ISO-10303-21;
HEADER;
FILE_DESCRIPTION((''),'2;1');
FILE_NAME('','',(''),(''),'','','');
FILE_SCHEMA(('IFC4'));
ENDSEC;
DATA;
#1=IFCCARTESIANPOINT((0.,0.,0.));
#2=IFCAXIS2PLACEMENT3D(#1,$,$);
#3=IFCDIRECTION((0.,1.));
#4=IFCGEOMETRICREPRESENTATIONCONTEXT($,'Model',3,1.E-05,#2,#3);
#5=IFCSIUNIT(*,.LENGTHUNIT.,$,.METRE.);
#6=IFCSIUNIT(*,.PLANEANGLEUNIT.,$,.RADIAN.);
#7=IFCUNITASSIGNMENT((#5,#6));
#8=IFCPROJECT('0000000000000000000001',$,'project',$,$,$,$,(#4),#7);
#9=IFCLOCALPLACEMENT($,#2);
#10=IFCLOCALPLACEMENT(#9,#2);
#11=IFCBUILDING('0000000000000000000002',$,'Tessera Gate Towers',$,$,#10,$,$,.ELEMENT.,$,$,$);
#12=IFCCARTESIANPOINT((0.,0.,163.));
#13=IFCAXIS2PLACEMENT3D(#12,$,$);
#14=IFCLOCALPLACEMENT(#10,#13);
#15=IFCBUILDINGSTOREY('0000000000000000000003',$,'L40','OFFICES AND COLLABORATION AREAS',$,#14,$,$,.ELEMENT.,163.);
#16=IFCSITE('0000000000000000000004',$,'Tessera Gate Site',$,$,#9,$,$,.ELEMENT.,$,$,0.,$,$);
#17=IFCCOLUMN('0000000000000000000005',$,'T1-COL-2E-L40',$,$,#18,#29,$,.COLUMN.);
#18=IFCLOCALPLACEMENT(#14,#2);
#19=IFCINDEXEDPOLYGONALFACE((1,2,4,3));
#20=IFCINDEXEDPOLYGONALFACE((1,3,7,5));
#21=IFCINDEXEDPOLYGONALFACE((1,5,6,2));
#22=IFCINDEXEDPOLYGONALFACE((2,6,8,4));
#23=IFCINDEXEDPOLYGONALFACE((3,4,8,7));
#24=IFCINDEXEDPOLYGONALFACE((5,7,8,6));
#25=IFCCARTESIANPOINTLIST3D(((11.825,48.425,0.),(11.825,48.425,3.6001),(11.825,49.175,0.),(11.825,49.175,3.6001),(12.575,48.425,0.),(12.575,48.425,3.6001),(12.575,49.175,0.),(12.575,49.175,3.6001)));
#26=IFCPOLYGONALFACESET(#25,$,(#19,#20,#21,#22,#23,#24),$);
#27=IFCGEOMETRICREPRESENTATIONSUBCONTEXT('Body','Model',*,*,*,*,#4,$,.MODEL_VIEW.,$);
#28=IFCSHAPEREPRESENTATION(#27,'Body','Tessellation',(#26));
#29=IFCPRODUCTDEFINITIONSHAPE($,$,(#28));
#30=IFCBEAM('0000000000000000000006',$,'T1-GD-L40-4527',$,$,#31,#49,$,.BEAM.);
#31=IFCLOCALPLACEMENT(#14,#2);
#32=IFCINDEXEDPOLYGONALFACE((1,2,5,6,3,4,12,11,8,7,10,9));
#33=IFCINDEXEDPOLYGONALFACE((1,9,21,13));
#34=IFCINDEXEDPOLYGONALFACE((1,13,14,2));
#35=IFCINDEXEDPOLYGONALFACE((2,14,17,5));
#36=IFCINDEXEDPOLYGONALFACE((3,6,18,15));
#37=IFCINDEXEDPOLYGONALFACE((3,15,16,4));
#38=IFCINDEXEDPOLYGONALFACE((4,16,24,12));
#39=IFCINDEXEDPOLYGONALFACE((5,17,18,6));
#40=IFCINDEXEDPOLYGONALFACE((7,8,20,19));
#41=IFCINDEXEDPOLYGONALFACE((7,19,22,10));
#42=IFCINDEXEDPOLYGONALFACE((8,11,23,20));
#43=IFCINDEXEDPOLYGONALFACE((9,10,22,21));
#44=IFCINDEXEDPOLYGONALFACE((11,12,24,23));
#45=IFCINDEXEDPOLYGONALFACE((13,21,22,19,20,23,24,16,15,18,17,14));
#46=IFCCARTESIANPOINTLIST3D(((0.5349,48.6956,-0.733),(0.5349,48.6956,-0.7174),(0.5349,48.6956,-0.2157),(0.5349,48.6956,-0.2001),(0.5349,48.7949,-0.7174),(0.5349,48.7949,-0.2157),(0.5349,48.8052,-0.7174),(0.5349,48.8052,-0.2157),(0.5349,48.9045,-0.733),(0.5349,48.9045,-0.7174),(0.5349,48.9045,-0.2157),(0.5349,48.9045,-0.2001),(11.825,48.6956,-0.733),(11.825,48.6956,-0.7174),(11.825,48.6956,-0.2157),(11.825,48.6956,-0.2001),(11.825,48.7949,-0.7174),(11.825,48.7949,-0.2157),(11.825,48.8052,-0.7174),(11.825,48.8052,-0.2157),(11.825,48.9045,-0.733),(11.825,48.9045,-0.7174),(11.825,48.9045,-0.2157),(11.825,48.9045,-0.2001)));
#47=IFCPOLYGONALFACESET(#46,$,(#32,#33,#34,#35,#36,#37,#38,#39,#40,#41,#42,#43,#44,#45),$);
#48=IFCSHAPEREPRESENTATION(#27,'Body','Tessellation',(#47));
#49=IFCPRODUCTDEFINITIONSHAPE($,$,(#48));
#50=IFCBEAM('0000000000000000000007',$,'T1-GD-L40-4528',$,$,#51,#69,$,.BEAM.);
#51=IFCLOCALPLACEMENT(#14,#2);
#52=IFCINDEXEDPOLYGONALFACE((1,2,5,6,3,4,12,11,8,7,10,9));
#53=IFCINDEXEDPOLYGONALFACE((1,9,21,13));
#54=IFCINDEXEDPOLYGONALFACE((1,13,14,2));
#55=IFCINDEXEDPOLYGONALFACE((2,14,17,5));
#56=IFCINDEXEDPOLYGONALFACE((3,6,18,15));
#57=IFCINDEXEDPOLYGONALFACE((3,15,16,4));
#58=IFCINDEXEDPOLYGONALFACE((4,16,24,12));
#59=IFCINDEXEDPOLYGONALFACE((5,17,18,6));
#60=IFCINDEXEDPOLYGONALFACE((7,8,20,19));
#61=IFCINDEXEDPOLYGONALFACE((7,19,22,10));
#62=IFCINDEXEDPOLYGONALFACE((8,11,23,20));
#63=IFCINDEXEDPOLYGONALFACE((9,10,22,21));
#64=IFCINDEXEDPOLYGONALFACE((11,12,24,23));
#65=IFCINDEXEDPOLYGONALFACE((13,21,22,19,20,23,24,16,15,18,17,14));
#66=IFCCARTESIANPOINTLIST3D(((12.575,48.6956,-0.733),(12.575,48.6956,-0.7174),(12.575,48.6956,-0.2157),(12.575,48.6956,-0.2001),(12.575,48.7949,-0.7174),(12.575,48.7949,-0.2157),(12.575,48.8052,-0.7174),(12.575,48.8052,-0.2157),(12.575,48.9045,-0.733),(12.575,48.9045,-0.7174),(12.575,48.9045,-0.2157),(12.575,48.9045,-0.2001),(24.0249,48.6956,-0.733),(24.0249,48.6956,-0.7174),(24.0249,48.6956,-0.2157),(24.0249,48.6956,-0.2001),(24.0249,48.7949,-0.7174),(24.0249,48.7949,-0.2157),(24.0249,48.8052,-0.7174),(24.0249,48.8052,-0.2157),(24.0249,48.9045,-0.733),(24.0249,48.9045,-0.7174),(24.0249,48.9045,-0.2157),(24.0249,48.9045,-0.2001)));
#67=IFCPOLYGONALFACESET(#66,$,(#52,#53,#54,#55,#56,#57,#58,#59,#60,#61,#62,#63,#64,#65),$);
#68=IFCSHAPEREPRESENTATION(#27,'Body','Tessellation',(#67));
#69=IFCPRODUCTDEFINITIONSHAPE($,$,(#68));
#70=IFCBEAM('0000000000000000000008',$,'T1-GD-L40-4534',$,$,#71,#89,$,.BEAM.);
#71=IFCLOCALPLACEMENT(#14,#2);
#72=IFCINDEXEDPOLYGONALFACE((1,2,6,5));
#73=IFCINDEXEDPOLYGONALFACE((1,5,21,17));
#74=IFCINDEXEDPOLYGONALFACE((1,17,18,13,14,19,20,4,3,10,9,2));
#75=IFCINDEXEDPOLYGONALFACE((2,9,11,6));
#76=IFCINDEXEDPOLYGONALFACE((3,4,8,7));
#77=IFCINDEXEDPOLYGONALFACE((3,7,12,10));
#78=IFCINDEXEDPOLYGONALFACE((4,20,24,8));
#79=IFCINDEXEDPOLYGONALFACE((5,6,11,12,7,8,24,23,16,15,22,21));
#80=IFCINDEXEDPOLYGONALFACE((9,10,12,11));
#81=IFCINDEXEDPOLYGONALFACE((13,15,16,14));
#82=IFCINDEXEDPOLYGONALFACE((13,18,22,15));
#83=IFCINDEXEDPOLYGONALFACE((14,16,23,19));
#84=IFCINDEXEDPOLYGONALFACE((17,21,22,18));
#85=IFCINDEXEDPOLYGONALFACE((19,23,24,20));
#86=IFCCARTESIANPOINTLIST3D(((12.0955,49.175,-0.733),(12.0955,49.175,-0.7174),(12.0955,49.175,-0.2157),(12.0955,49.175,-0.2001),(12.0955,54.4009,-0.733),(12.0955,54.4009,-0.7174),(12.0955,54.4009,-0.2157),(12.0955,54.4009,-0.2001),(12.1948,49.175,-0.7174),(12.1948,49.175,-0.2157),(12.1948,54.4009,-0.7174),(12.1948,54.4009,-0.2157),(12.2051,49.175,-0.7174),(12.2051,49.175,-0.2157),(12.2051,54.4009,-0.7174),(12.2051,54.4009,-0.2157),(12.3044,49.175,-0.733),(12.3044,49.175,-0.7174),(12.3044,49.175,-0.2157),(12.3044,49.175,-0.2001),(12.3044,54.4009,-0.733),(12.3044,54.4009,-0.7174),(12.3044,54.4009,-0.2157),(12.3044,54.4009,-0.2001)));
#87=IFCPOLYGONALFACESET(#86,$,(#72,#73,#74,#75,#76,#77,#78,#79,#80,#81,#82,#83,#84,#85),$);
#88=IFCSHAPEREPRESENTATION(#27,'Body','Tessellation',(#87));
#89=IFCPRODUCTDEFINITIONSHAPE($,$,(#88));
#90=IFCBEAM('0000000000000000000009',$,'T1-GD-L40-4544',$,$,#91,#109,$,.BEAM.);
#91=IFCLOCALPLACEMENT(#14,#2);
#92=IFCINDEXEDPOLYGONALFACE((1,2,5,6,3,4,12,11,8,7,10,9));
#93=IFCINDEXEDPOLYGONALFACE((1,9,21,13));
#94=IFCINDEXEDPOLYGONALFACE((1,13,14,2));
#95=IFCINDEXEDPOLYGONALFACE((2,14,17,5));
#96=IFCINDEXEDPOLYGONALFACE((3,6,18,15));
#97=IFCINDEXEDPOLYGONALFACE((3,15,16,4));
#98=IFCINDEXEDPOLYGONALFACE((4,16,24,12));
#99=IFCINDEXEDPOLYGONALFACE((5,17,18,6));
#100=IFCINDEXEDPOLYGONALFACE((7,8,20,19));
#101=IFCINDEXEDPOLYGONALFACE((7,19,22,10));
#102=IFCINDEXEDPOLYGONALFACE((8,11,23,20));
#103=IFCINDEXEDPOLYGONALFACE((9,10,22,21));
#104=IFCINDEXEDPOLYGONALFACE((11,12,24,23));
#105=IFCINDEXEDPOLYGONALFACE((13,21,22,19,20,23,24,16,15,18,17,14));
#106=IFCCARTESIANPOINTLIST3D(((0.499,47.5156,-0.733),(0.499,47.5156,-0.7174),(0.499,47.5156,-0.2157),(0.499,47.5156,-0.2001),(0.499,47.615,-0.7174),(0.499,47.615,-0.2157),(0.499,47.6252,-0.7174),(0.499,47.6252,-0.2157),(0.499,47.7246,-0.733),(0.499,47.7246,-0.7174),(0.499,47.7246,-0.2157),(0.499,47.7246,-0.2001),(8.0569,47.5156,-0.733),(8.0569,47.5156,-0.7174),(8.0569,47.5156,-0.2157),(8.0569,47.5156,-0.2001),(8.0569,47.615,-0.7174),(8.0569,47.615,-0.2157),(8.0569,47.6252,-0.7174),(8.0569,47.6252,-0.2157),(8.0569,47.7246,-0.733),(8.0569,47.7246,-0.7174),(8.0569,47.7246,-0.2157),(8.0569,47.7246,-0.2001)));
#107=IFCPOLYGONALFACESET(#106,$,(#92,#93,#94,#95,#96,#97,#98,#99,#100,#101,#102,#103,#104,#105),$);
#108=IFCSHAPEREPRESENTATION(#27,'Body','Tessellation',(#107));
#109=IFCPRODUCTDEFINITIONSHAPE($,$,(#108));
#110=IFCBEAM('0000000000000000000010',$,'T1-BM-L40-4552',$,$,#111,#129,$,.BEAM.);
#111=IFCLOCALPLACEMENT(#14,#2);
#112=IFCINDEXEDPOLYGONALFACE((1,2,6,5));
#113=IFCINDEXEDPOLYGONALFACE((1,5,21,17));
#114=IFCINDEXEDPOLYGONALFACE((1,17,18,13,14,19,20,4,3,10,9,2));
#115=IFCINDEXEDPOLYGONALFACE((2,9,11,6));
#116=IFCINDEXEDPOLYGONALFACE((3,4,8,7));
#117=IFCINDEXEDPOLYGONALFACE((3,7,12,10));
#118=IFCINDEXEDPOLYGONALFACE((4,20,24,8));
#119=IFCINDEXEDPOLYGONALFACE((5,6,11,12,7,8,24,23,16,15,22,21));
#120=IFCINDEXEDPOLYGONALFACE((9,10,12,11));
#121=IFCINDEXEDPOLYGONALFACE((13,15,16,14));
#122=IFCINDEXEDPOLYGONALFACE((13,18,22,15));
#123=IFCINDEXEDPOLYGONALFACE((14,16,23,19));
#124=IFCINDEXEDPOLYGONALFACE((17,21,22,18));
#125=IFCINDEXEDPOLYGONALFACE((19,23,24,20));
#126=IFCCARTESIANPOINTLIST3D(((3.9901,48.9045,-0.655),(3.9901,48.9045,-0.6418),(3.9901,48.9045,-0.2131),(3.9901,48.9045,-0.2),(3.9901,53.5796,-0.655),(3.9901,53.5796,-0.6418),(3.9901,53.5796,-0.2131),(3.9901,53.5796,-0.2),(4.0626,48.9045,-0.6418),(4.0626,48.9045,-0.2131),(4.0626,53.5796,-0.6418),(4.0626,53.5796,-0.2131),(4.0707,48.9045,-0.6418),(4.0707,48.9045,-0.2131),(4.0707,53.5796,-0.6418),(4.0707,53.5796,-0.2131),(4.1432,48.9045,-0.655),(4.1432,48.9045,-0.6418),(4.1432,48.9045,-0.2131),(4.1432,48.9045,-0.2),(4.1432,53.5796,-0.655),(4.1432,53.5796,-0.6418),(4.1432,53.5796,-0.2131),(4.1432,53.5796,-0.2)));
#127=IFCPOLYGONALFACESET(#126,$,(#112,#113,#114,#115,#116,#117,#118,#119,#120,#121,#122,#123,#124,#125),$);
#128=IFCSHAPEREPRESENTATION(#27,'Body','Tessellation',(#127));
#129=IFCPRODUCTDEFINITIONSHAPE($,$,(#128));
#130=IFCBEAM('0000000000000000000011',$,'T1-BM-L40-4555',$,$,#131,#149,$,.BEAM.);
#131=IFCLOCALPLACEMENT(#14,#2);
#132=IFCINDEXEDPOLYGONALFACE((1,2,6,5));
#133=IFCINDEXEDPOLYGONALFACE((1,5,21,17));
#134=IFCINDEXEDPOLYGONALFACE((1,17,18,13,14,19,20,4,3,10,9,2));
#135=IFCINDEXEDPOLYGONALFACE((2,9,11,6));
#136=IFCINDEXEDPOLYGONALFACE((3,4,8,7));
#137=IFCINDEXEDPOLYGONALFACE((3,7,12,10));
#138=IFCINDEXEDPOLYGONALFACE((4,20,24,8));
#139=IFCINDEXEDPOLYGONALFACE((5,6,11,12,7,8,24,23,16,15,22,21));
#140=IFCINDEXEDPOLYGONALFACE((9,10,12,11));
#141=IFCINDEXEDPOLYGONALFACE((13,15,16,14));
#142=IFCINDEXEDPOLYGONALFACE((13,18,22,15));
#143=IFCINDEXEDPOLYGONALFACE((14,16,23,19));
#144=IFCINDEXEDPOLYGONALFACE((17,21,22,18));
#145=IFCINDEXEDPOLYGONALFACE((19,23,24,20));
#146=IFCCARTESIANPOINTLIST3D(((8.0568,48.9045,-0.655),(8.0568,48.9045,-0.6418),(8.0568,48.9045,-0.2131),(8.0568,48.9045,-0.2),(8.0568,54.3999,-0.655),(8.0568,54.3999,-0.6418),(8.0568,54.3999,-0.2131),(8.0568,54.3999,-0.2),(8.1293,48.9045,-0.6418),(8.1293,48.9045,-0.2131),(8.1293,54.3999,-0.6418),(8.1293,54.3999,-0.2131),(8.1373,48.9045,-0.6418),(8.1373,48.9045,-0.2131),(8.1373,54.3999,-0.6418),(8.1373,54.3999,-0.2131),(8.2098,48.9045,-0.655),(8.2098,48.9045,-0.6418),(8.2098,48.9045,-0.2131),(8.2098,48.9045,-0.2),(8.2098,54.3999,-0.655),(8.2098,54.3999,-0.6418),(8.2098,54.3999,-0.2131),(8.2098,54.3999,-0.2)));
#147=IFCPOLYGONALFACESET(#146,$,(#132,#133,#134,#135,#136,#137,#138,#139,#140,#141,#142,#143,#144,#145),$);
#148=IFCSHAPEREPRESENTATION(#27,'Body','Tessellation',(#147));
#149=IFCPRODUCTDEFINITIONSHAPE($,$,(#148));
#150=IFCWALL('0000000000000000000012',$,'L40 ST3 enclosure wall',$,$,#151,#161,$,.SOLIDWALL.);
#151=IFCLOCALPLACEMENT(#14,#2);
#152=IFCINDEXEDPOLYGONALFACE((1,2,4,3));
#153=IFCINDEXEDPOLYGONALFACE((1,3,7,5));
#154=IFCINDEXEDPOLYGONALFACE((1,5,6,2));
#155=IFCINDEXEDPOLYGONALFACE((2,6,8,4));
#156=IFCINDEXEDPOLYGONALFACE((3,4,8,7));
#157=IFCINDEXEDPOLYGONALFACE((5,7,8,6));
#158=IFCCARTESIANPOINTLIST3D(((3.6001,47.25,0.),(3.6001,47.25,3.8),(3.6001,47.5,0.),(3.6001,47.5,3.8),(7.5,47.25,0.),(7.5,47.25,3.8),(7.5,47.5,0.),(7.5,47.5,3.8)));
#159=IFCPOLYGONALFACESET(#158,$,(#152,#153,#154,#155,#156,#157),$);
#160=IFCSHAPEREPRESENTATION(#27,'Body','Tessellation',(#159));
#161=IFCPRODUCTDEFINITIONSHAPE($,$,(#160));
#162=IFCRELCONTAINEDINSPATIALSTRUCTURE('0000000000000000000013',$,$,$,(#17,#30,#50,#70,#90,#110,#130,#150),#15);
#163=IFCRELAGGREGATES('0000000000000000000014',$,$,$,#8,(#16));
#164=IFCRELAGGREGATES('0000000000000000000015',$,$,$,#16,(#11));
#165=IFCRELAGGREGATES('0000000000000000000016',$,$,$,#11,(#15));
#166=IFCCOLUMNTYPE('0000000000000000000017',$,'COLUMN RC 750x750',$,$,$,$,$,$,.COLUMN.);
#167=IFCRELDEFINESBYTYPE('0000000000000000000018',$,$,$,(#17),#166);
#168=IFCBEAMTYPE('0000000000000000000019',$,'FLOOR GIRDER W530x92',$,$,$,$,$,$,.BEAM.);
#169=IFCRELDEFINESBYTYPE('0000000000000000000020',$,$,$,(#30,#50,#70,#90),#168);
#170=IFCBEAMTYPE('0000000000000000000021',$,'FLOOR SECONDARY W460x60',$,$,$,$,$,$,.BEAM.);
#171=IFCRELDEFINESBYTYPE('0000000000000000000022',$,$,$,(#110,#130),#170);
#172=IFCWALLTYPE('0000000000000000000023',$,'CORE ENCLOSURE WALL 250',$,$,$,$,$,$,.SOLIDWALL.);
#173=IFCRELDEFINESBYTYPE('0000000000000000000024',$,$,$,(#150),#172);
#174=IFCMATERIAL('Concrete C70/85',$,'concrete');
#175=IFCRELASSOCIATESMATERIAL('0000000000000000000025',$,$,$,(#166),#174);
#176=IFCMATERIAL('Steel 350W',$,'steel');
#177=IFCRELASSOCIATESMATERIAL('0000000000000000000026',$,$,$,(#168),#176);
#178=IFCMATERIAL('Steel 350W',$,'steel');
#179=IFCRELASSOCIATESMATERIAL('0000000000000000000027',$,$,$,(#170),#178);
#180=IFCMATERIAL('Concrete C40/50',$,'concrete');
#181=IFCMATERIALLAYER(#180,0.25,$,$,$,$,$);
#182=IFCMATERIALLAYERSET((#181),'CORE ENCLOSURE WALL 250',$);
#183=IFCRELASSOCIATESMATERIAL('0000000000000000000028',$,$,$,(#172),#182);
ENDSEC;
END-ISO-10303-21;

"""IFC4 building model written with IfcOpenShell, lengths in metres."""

from ifc_helpers import new_model, si_unit, direction, frame, frame_2d, origin, origin_2d, place, context, subcontext, project, spatial, rectangle, i_section, extrude, material, layer, layer_set, material_profile, profile_set, type_object, element, save


model = new_model("IFC4")

# Units and contexts
model_context = context("Model", 3, precision=1e-05, world=origin(), true_north=direction((0.0, 1.0)))
body_context = subcontext(model_context, "Body", "Model", "MODEL_VIEW")
ifc_project = project(units=[si_unit("LENGTHUNIT", "METRE"), si_unit("PLANEANGLEUNIT", "RADIAN")], contexts=[model_context])

# Site, building, storey
site_placement = place(None, origin())
site = spatial("IfcSite", under=ifc_project, at=site_placement, Name="Tessera Gate Site", CompositionType="ELEMENT", RefElevation=0.0)
building_placement = place(site_placement, origin())
building = spatial("IfcBuilding", under=site, at=building_placement, Name="Tessera Gate Towers", CompositionType="ELEMENT")
storey_placement = place(building_placement, frame((0.0, 0.0, 163.0)))
storey = spatial("IfcBuildingStorey", under=building, at=storey_placement, Name="L40", Description="OFFICES AND COLLABORATION AREAS", CompositionType="ELEMENT", Elevation=163.0)

# Column
ifc_material_1 = material(Name="Concrete C70/85", Category="concrete")
ifc_material_profile_1 = material_profile(ifc_material_1, rectangle(XDim=0.75, YDim=0.75, at=origin_2d()), Name="RC 750x750")
ifc_profile_set_1 = profile_set([ifc_material_profile_1], Name="Concrete C70/85")
column_type = type_object("IfcColumnType", Name="COLUMN RC 750x750", PredefinedType="COLUMN", material=ifc_profile_set_1)
column_placement = place(storey_placement, frame((12.2, 48.8, 0.0), z_axis=(0.0, 0.0, 1.0), x_axis=(1.0, 0.0, 0.0)))
element("IfcColumn", 1, at=column_placement, inside=storey, type_object=column_type, Name="T1-COL-2E-L40", PredefinedType="COLUMN", context=body_context, shape_type="SweptSolid", body=[
    extrude(rectangle(XDim=0.75, YDim=0.75, at=origin_2d()), origin(), (0.0, 0.0, 1.0), 3.6001),
])

# Beams
ifc_material_2 = material(Name="Steel 350W", Category="steel")
ifc_material_profile_2 = material_profile(ifc_material_2, i_section(OverallWidth=0.209, OverallDepth=0.533, WebThickness=0.0103, FlangeThickness=0.0156, at=origin_2d()), Name="W530x92")
ifc_profile_set_2 = profile_set([ifc_material_profile_2], Name="Steel 350W")
beam_type_1 = type_object("IfcBeamType", Name="FLOOR GIRDER W530x92", PredefinedType="BEAM", material=ifc_profile_set_2)
beam_1_placement = place(storey_placement, frame((0.5349, 48.8, -0.4666), z_axis=(1.0, 0.0, 0.0), x_axis=(0.0, 1.0, 0.0)))
element("IfcBeam", 2, at=beam_1_placement, inside=storey, type_object=beam_type_1, Name="T1-GD-L40-4527", PredefinedType="BEAM", context=body_context, shape_type="SweptSolid", body=[
    extrude(i_section(OverallWidth=0.209, OverallDepth=0.533, WebThickness=0.0103, FlangeThickness=0.0156, at=origin_2d()), origin(), (0.0, 0.0, 1.0), 11.29),
])
beam_2_placement = place(storey_placement, frame((12.575, 48.8, -0.4666), z_axis=(1.0, 0.0, 0.0), x_axis=(0.0, 1.0, 0.0)))
element("IfcBeam", 3, at=beam_2_placement, inside=storey, type_object=beam_type_1, Name="T1-GD-L40-4528", PredefinedType="BEAM", context=body_context, shape_type="SweptSolid", body=[
    extrude(i_section(OverallWidth=0.209, OverallDepth=0.533, WebThickness=0.0103, FlangeThickness=0.0156, at=origin_2d()), origin(), (0.0, 0.0, 1.0), 11.45),
])
beam_3_placement = place(storey_placement, frame((12.2, 49.175, -0.4666), z_axis=(0.0, 1.0, 0.0), x_axis=(-1.0, 0.0, 0.0)))
element("IfcBeam", 4, at=beam_3_placement, inside=storey, type_object=beam_type_1, Name="T1-GD-L40-4534", PredefinedType="BEAM", context=body_context, shape_type="SweptSolid", body=[
    extrude(i_section(OverallWidth=0.209, OverallDepth=0.533, WebThickness=0.0103, FlangeThickness=0.0156, at=origin_2d()), origin(), (0.0, 0.0, 1.0), 5.2258),
])
beam_4_placement = place(storey_placement, frame((0.499, 47.6201, -0.4666), z_axis=(1.0, 0.0, 0.0), x_axis=(0.0, 1.0, 0.0)))
element("IfcBeam", 5, at=beam_4_placement, inside=storey, type_object=beam_type_1, Name="T1-GD-L40-4544", PredefinedType="BEAM", context=body_context, shape_type="SweptSolid", body=[
    extrude(i_section(OverallWidth=0.209, OverallDepth=0.533, WebThickness=0.0103, FlangeThickness=0.0156, at=origin_2d()), origin(), (0.0, 0.0, 1.0), 7.5579),
])
ifc_material_3 = material(Name="Steel 350W", Category="steel")
ifc_material_profile_3 = material_profile(ifc_material_3, i_section(OverallWidth=0.1531, OverallDepth=0.4551, WebThickness=0.0081, FlangeThickness=0.0132, at=origin_2d()), Name="W460x60")
ifc_profile_set_3 = profile_set([ifc_material_profile_3], Name="Steel 350W")
beam_type_2 = type_object("IfcBeamType", Name="FLOOR SECONDARY W460x60", PredefinedType="BEAM", material=ifc_profile_set_3)
beam_5_placement = place(storey_placement, frame((4.0667, 48.9045, -0.4275), z_axis=(0.0, 1.0, 0.0), x_axis=(-1.0, 0.0, 0.0)))
element("IfcBeam", 6, at=beam_5_placement, inside=storey, type_object=beam_type_2, Name="T1-BM-L40-4552", PredefinedType="BEAM", context=body_context, shape_type="SweptSolid", body=[
    extrude(i_section(OverallWidth=0.1531, OverallDepth=0.4551, WebThickness=0.0081, FlangeThickness=0.0132, at=origin_2d()), origin(), (0.0, 0.0, 1.0), 4.675),
])
beam_6_placement = place(storey_placement, frame((8.1333, 48.9045, -0.4275), z_axis=(0.0, 1.0, 0.0), x_axis=(-1.0, 0.0, 0.0)))
element("IfcBeam", 7, at=beam_6_placement, inside=storey, type_object=beam_type_2, Name="T1-BM-L40-4555", PredefinedType="BEAM", context=body_context, shape_type="SweptSolid", body=[
    extrude(i_section(OverallWidth=0.1531, OverallDepth=0.4551, WebThickness=0.0081, FlangeThickness=0.0132, at=origin_2d()), origin(), (0.0, 0.0, 1.0), 5.4954),
])

# Wall
ifc_material_4 = material(Name="Concrete C40/50", Category="concrete")
ifc_layer_1 = layer(ifc_material_4, 0.25)
ifc_layer_set_1 = layer_set([ifc_layer_1], Name="CORE ENCLOSURE WALL 250")
wall_type_1 = type_object("IfcWallType", Name="CORE ENCLOSURE WALL 250", PredefinedType="SOLIDWALL", material=ifc_layer_set_1)
wall_1_placement = place(storey_placement, frame((3.6001, 47.375, 0.0), z_axis=(0.0, 0.0, 1.0), x_axis=(1.0, 0.0, 0.0)))
element("IfcWall", 8, at=wall_1_placement, inside=storey, type_object=wall_type_1, Name="L40 ST3 enclosure wall", PredefinedType="SOLIDWALL", context=body_context, shape_type="SweptSolid", body=[
    extrude(rectangle(XDim=3.8999, YDim=0.25, at=frame_2d((1.95, 0.0))), origin(), (0.0, 0.0, 1.0), 3.8),
])

save(model, "model.ifc")
